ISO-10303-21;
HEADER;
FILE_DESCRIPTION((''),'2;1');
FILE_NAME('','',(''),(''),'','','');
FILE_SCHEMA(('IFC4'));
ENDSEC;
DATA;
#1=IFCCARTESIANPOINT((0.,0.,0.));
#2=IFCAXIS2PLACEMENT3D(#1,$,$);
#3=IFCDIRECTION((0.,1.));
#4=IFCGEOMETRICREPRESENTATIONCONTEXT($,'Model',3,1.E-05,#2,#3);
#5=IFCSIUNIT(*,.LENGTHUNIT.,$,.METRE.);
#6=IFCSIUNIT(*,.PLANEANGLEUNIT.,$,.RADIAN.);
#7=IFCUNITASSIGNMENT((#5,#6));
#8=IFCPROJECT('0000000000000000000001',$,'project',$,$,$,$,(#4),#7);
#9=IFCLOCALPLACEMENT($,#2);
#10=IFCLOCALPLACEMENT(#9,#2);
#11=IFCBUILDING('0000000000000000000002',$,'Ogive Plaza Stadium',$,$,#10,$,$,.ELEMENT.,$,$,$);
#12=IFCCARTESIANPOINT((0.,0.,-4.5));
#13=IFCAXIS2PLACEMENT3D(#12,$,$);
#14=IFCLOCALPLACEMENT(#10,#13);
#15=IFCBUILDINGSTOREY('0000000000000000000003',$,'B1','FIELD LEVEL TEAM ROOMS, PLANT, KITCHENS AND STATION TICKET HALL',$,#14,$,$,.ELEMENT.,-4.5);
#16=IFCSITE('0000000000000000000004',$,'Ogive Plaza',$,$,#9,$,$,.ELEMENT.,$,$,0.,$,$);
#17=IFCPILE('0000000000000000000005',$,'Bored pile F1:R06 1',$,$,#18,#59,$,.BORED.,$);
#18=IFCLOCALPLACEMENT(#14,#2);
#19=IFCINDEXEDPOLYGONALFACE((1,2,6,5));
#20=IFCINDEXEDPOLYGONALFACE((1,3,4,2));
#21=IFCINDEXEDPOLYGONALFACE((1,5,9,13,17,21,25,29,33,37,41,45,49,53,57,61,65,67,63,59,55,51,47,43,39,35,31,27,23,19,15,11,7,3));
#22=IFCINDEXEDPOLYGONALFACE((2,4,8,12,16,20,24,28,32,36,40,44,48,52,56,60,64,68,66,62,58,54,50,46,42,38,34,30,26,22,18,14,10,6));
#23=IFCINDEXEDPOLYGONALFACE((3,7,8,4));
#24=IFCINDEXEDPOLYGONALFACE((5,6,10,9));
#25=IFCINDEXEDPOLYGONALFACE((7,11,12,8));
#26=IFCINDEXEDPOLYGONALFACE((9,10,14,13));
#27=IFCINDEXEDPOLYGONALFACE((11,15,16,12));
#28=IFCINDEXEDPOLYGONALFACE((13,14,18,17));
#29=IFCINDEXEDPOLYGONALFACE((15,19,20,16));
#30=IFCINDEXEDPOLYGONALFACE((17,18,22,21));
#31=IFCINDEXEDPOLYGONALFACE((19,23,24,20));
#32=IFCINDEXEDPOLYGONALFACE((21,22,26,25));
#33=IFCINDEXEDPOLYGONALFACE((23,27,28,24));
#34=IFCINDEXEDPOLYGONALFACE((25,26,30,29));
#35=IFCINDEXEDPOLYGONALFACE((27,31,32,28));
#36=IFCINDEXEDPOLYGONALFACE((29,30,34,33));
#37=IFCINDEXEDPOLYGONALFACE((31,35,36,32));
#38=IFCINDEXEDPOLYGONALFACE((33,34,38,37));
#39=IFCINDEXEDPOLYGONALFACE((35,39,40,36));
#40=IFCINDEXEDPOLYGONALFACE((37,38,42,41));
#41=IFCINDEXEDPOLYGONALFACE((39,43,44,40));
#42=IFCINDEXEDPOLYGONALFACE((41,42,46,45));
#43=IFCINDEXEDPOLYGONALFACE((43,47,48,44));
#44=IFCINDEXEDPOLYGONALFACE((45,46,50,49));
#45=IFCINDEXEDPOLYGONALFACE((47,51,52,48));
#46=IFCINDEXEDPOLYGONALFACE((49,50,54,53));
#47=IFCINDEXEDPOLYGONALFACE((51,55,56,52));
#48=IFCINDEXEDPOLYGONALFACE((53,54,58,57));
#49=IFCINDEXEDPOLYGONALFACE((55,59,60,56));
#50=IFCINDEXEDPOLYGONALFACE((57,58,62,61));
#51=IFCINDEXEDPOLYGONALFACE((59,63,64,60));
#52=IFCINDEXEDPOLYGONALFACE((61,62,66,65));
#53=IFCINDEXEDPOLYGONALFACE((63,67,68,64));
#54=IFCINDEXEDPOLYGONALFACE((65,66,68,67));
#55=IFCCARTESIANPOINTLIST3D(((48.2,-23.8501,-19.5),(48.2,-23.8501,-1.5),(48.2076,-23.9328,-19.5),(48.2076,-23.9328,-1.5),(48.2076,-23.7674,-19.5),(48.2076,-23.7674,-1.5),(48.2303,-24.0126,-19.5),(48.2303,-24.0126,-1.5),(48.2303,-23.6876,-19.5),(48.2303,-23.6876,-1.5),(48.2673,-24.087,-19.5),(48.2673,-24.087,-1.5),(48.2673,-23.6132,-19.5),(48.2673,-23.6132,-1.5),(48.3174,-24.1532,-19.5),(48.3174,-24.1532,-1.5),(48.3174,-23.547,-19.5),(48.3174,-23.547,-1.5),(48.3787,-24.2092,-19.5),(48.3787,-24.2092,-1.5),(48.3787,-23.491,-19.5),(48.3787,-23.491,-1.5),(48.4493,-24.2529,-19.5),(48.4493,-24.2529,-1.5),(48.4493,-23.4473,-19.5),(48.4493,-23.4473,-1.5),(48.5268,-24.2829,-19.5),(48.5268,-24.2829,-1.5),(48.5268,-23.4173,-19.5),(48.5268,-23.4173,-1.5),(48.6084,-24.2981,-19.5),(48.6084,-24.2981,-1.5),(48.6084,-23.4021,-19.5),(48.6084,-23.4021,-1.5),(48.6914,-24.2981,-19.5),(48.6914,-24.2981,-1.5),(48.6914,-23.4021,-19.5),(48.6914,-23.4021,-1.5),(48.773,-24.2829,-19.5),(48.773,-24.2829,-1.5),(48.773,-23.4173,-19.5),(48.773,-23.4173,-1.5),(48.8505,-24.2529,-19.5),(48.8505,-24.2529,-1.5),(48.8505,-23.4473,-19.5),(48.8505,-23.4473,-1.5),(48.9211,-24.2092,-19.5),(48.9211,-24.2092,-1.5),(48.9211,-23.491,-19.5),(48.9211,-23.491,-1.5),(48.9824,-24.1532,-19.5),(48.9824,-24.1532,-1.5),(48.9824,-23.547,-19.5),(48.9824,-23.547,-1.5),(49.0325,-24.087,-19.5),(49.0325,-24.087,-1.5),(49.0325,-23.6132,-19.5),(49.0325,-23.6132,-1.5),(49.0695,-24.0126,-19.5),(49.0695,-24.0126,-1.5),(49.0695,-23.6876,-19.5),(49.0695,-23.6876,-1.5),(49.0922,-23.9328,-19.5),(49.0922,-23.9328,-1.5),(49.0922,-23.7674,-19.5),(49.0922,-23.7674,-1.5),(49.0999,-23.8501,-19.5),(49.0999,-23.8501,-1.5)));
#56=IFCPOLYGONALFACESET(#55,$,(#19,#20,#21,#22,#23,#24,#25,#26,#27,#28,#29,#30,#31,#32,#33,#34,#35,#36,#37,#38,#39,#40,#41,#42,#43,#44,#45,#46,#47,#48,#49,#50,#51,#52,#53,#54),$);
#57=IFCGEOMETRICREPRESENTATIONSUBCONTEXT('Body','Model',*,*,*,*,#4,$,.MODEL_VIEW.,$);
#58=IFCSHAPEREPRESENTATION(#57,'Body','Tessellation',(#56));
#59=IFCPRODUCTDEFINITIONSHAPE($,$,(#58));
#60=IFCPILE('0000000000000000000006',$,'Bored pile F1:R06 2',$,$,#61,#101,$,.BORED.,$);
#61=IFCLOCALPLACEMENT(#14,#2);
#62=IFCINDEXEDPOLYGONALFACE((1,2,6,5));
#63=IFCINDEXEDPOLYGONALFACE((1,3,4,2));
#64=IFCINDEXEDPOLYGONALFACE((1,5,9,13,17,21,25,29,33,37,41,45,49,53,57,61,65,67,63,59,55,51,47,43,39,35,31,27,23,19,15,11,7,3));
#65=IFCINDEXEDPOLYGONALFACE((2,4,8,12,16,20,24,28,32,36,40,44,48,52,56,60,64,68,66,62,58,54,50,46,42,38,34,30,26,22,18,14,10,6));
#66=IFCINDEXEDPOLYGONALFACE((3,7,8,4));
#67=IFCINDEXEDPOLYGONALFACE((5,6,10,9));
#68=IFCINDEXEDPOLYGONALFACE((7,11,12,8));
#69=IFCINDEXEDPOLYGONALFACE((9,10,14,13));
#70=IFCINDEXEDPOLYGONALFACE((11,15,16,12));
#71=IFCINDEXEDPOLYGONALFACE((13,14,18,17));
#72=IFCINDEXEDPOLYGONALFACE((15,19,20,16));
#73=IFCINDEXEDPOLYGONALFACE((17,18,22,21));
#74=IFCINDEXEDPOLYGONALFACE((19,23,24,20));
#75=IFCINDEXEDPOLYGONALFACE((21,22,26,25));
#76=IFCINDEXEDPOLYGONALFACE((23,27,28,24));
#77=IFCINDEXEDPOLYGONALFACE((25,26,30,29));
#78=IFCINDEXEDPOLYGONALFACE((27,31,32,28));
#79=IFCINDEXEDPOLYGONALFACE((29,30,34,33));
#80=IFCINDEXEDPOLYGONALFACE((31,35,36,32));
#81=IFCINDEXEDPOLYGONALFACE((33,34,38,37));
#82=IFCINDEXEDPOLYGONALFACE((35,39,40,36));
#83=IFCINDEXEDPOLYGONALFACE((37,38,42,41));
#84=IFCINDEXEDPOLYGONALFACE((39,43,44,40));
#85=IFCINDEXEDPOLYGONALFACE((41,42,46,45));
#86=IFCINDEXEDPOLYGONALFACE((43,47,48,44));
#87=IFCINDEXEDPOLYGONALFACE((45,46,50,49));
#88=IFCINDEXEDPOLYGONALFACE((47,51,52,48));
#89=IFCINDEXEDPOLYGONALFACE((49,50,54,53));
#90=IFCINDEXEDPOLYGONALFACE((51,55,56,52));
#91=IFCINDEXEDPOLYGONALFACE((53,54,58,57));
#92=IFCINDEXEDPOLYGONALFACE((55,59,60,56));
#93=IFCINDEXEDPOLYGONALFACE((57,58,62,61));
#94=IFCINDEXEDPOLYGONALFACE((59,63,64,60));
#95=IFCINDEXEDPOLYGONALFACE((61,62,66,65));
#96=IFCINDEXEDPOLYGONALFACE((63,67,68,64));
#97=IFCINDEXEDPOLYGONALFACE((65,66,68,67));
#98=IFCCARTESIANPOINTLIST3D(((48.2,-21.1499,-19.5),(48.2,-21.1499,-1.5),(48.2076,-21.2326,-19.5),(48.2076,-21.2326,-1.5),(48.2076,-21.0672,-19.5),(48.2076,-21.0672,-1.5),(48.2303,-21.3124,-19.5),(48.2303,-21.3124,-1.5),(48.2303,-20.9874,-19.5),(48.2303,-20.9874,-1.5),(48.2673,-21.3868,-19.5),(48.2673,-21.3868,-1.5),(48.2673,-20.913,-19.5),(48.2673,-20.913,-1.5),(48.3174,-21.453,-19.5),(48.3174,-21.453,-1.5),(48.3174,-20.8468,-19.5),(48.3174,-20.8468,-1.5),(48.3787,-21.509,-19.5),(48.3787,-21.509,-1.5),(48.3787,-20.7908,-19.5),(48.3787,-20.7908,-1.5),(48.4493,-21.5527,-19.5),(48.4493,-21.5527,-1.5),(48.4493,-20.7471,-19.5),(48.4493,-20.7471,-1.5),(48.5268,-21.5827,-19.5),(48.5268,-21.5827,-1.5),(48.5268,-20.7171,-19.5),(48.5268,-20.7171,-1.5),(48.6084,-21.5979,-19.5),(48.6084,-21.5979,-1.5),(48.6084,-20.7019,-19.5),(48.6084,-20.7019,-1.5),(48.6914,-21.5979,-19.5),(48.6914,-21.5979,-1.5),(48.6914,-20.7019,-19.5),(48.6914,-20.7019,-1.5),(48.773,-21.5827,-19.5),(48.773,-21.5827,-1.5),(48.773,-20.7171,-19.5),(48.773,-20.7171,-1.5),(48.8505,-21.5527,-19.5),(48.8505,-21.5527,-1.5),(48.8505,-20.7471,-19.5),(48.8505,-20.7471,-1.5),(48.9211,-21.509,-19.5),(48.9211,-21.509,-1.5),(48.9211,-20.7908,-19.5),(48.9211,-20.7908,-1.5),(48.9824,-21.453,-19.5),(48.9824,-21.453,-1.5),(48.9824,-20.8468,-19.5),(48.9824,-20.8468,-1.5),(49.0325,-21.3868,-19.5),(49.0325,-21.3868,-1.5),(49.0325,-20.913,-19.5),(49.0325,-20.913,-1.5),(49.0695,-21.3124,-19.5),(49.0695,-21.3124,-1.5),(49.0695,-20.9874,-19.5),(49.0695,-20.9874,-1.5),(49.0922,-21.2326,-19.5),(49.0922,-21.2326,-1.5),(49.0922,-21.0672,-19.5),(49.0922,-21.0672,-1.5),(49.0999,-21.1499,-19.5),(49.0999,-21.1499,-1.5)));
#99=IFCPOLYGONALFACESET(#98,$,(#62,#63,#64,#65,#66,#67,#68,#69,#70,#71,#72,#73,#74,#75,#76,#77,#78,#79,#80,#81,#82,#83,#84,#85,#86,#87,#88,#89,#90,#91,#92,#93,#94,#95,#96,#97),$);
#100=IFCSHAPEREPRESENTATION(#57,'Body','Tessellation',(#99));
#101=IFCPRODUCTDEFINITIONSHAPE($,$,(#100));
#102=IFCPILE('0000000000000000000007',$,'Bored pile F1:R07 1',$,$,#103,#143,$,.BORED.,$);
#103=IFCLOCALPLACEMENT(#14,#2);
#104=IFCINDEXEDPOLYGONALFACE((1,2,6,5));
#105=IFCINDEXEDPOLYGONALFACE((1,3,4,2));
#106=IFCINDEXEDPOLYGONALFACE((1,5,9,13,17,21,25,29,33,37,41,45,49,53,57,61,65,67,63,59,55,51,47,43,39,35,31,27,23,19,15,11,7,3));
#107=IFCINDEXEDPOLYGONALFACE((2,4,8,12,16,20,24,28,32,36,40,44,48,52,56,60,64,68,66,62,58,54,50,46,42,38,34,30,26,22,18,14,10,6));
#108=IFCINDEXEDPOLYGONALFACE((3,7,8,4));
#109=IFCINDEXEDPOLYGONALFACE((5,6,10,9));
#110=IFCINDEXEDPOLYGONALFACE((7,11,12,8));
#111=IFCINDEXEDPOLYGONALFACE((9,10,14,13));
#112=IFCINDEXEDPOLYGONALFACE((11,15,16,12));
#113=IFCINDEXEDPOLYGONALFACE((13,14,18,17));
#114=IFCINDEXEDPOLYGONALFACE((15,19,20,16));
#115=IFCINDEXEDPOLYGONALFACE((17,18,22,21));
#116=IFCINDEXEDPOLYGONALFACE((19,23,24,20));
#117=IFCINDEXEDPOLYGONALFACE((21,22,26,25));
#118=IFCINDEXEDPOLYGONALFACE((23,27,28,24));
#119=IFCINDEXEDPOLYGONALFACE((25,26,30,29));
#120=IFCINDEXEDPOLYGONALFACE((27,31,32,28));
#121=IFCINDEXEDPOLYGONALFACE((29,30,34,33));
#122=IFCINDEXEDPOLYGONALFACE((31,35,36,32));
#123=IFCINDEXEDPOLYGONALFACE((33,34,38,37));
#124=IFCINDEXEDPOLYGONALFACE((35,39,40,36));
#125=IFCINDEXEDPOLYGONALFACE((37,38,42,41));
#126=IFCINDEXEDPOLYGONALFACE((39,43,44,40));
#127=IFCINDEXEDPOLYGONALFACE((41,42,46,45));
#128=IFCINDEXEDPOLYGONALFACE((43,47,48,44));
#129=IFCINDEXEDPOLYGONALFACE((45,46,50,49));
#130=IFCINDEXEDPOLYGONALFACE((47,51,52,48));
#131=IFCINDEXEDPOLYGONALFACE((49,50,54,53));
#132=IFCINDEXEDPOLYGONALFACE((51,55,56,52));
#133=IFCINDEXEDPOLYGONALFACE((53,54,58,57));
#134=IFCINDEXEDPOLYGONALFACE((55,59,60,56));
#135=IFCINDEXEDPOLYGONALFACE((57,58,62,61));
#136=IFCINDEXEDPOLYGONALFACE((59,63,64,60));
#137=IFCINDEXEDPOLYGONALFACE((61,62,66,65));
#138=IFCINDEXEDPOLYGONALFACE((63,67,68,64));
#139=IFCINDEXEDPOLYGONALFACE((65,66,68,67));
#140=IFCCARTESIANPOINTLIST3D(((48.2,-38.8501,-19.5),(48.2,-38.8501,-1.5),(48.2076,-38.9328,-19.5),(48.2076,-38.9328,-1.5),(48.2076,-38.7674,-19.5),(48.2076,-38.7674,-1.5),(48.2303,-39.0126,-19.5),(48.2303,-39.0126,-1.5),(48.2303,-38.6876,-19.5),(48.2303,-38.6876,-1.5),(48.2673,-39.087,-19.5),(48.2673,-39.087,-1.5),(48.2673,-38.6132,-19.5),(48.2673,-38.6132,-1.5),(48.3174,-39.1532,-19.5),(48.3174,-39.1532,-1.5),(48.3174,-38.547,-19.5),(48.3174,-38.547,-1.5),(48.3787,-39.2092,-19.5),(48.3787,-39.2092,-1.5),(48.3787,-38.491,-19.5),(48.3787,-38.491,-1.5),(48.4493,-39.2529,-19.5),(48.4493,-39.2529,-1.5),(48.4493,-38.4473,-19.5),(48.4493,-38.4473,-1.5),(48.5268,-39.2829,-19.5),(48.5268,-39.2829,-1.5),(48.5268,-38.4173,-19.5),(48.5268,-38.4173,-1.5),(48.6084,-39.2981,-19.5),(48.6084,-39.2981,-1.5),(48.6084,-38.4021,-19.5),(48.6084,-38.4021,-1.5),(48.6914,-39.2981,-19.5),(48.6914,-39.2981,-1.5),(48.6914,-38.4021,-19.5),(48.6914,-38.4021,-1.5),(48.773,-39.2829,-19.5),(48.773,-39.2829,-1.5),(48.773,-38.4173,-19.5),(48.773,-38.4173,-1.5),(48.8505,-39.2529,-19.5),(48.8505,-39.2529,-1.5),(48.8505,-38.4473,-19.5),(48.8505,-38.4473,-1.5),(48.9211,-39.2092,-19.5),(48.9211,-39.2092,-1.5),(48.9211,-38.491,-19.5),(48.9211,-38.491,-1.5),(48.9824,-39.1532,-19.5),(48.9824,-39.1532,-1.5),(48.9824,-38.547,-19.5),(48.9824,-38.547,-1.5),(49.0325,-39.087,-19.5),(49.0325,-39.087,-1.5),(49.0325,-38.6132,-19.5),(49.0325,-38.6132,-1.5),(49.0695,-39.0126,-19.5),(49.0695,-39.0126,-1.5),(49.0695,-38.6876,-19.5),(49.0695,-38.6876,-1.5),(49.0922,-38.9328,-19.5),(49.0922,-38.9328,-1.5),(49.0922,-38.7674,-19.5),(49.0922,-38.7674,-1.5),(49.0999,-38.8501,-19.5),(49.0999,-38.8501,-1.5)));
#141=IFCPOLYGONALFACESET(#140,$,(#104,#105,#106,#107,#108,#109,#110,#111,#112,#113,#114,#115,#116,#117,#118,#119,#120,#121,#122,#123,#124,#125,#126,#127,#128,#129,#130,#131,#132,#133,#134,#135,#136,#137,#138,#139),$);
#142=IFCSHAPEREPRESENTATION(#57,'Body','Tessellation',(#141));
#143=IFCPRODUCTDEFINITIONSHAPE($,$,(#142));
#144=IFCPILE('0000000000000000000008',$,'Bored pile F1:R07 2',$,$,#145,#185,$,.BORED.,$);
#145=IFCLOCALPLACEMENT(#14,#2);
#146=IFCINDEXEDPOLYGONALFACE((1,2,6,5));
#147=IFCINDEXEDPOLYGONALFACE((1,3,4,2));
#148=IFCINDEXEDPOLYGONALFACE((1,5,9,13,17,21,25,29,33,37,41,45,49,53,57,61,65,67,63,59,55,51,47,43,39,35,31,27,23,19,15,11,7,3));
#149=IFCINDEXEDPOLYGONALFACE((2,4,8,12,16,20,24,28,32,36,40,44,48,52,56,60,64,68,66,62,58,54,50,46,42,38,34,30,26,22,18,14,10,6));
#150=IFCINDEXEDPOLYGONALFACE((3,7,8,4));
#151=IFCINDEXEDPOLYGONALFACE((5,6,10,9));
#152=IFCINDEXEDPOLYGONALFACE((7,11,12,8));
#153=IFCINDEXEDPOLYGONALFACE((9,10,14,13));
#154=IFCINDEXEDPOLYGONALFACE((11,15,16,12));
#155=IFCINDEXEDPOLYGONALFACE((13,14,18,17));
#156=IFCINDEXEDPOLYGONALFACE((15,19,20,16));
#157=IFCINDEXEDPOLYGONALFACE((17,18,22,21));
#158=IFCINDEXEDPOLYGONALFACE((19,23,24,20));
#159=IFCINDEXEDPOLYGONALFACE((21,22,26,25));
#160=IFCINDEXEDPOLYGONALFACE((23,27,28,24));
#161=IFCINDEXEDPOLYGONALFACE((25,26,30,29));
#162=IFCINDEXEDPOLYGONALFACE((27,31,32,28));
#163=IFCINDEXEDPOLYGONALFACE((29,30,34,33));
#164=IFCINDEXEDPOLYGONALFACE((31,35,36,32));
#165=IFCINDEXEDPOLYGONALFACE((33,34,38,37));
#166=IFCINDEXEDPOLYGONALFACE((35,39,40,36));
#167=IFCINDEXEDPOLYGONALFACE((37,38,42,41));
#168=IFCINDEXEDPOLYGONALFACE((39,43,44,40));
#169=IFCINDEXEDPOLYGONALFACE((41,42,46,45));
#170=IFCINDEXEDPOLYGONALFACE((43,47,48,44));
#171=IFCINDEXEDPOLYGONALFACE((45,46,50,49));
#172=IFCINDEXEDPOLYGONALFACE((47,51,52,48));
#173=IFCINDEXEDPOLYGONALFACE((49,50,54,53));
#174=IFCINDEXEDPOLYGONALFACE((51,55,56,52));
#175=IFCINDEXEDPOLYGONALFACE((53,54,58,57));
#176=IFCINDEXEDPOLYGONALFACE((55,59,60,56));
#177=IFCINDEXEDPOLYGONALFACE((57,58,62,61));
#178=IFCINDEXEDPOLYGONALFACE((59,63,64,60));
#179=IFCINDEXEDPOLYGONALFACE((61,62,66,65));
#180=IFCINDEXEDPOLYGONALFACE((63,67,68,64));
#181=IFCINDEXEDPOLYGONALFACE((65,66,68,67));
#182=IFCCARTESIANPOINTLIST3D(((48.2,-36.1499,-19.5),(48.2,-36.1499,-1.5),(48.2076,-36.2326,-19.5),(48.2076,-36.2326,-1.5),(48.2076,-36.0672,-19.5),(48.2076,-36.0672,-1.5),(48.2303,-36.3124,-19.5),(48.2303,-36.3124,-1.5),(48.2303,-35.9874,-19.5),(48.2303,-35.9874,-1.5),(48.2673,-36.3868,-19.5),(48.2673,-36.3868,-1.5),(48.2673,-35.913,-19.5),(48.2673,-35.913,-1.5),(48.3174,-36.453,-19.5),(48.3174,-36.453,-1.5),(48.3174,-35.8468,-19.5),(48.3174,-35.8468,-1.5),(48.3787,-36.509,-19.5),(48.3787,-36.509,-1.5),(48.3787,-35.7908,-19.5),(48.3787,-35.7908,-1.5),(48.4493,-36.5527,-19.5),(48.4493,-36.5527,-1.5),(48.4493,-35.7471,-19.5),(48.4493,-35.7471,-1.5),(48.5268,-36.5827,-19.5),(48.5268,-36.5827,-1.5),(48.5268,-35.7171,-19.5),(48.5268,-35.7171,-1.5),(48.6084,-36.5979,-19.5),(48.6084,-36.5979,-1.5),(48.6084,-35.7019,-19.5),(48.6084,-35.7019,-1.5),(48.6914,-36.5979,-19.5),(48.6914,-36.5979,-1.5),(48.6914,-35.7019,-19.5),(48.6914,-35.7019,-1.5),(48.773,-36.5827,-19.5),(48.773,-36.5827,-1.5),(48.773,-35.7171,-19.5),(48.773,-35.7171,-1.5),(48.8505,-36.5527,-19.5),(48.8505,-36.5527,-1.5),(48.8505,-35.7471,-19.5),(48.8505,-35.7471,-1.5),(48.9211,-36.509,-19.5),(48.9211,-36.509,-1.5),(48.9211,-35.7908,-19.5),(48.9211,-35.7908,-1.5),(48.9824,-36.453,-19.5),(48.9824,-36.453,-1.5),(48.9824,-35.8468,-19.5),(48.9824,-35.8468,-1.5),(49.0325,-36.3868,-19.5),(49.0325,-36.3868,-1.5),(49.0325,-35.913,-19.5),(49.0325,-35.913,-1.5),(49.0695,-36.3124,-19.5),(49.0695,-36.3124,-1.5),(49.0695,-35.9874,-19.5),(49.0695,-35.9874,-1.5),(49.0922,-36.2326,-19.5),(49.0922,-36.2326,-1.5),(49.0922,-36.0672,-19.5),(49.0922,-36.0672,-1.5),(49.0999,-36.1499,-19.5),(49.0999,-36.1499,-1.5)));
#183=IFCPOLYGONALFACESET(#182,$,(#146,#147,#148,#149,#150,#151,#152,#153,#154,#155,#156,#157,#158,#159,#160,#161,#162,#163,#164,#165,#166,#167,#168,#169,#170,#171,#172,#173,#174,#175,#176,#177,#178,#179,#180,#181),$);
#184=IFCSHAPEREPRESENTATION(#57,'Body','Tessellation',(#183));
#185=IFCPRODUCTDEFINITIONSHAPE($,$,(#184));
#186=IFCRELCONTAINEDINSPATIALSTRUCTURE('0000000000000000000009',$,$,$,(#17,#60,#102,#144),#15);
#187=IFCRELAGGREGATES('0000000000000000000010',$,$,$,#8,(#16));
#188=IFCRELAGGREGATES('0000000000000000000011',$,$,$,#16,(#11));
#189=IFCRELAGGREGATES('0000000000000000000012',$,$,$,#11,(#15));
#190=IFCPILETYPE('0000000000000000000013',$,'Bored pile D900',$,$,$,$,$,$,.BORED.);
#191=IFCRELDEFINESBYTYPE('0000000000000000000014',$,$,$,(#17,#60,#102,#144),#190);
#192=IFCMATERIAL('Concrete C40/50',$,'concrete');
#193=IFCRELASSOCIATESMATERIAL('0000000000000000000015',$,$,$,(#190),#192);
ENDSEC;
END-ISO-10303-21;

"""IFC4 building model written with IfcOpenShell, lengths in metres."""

from ifc_helpers import new_model, si_unit, direction, frame, origin, origin_2d, place, context, subcontext, project, spatial, circle, extrude, material, material_profile, profile_set, type_object, element, save


model = new_model("IFC4")

# Units and contexts
model_context = context("Model", 3, precision=1e-05, world=origin(), true_north=direction((0.0, 1.0)))
body_context = subcontext(model_context, "Body", "Model", "MODEL_VIEW")
ifc_project = project(units=[si_unit("LENGTHUNIT", "METRE"), si_unit("PLANEANGLEUNIT", "RADIAN")], contexts=[model_context])

# Site, building, storey
site_placement = place(None, origin())
site = spatial("IfcSite", under=ifc_project, at=site_placement, Name="Ogive Plaza", CompositionType="ELEMENT", RefElevation=0.0)
building_placement = place(site_placement, origin())
building = spatial("IfcBuilding", under=site, at=building_placement, Name="Ogive Plaza Stadium", CompositionType="ELEMENT")
storey_placement = place(building_placement, frame((0.0, 0.0, -4.5)))
storey = spatial("IfcBuildingStorey", under=building, at=storey_placement, Name="B1", Description="FIELD LEVEL TEAM ROOMS, PLANT, KITCHENS AND STATION TICKET HALL", CompositionType="ELEMENT", Elevation=-4.5)

# Piles
ifc_material_1 = material(Name="Concrete C40/50", Category="concrete")
ifc_material_profile_1 = material_profile(ifc_material_1, circle(Radius=0.45, at=origin_2d()), Name="RC D900")
ifc_profile_set_1 = profile_set([ifc_material_profile_1], Name="Concrete C40/50")
pile_type = type_object("IfcPileType", Name="Bored pile D900", PredefinedType="BORED", material=ifc_profile_set_1)
for number, where, z_axis, x_axis, name in (
    (1, (48.6499, -23.8501, -1.5), (0.0, 0.0, -1.0), (1.0, 0.0, 0.0), "Bored pile F1:R06 1"),
    (2, (48.6499, -21.1499, -1.5), (0.0, 0.0, -1.0), (1.0, 0.0, 0.0), "Bored pile F1:R06 2"),
    (3, (48.6499, -38.8501, -1.5), (0.0, 0.0, -1.0), (1.0, 0.0, 0.0), "Bored pile F1:R07 1"),
    (4, (48.6499, -36.1499, -1.5), (0.0, 0.0, -1.0), (1.0, 0.0, 0.0), "Bored pile F1:R07 2"),
):
    element("IfcPile", number, at=place(storey_placement, frame(where, z_axis=z_axis, x_axis=x_axis)), inside=storey, type_object=pile_type, Name=name, PredefinedType="BORED", context=body_context, shape_type="SweptSolid", body=[
        extrude(circle(Radius=0.45, at=origin_2d()), origin(), (0.0, 0.0, 1.0), 18.0),
    ])

save(model, "model.ifc")
